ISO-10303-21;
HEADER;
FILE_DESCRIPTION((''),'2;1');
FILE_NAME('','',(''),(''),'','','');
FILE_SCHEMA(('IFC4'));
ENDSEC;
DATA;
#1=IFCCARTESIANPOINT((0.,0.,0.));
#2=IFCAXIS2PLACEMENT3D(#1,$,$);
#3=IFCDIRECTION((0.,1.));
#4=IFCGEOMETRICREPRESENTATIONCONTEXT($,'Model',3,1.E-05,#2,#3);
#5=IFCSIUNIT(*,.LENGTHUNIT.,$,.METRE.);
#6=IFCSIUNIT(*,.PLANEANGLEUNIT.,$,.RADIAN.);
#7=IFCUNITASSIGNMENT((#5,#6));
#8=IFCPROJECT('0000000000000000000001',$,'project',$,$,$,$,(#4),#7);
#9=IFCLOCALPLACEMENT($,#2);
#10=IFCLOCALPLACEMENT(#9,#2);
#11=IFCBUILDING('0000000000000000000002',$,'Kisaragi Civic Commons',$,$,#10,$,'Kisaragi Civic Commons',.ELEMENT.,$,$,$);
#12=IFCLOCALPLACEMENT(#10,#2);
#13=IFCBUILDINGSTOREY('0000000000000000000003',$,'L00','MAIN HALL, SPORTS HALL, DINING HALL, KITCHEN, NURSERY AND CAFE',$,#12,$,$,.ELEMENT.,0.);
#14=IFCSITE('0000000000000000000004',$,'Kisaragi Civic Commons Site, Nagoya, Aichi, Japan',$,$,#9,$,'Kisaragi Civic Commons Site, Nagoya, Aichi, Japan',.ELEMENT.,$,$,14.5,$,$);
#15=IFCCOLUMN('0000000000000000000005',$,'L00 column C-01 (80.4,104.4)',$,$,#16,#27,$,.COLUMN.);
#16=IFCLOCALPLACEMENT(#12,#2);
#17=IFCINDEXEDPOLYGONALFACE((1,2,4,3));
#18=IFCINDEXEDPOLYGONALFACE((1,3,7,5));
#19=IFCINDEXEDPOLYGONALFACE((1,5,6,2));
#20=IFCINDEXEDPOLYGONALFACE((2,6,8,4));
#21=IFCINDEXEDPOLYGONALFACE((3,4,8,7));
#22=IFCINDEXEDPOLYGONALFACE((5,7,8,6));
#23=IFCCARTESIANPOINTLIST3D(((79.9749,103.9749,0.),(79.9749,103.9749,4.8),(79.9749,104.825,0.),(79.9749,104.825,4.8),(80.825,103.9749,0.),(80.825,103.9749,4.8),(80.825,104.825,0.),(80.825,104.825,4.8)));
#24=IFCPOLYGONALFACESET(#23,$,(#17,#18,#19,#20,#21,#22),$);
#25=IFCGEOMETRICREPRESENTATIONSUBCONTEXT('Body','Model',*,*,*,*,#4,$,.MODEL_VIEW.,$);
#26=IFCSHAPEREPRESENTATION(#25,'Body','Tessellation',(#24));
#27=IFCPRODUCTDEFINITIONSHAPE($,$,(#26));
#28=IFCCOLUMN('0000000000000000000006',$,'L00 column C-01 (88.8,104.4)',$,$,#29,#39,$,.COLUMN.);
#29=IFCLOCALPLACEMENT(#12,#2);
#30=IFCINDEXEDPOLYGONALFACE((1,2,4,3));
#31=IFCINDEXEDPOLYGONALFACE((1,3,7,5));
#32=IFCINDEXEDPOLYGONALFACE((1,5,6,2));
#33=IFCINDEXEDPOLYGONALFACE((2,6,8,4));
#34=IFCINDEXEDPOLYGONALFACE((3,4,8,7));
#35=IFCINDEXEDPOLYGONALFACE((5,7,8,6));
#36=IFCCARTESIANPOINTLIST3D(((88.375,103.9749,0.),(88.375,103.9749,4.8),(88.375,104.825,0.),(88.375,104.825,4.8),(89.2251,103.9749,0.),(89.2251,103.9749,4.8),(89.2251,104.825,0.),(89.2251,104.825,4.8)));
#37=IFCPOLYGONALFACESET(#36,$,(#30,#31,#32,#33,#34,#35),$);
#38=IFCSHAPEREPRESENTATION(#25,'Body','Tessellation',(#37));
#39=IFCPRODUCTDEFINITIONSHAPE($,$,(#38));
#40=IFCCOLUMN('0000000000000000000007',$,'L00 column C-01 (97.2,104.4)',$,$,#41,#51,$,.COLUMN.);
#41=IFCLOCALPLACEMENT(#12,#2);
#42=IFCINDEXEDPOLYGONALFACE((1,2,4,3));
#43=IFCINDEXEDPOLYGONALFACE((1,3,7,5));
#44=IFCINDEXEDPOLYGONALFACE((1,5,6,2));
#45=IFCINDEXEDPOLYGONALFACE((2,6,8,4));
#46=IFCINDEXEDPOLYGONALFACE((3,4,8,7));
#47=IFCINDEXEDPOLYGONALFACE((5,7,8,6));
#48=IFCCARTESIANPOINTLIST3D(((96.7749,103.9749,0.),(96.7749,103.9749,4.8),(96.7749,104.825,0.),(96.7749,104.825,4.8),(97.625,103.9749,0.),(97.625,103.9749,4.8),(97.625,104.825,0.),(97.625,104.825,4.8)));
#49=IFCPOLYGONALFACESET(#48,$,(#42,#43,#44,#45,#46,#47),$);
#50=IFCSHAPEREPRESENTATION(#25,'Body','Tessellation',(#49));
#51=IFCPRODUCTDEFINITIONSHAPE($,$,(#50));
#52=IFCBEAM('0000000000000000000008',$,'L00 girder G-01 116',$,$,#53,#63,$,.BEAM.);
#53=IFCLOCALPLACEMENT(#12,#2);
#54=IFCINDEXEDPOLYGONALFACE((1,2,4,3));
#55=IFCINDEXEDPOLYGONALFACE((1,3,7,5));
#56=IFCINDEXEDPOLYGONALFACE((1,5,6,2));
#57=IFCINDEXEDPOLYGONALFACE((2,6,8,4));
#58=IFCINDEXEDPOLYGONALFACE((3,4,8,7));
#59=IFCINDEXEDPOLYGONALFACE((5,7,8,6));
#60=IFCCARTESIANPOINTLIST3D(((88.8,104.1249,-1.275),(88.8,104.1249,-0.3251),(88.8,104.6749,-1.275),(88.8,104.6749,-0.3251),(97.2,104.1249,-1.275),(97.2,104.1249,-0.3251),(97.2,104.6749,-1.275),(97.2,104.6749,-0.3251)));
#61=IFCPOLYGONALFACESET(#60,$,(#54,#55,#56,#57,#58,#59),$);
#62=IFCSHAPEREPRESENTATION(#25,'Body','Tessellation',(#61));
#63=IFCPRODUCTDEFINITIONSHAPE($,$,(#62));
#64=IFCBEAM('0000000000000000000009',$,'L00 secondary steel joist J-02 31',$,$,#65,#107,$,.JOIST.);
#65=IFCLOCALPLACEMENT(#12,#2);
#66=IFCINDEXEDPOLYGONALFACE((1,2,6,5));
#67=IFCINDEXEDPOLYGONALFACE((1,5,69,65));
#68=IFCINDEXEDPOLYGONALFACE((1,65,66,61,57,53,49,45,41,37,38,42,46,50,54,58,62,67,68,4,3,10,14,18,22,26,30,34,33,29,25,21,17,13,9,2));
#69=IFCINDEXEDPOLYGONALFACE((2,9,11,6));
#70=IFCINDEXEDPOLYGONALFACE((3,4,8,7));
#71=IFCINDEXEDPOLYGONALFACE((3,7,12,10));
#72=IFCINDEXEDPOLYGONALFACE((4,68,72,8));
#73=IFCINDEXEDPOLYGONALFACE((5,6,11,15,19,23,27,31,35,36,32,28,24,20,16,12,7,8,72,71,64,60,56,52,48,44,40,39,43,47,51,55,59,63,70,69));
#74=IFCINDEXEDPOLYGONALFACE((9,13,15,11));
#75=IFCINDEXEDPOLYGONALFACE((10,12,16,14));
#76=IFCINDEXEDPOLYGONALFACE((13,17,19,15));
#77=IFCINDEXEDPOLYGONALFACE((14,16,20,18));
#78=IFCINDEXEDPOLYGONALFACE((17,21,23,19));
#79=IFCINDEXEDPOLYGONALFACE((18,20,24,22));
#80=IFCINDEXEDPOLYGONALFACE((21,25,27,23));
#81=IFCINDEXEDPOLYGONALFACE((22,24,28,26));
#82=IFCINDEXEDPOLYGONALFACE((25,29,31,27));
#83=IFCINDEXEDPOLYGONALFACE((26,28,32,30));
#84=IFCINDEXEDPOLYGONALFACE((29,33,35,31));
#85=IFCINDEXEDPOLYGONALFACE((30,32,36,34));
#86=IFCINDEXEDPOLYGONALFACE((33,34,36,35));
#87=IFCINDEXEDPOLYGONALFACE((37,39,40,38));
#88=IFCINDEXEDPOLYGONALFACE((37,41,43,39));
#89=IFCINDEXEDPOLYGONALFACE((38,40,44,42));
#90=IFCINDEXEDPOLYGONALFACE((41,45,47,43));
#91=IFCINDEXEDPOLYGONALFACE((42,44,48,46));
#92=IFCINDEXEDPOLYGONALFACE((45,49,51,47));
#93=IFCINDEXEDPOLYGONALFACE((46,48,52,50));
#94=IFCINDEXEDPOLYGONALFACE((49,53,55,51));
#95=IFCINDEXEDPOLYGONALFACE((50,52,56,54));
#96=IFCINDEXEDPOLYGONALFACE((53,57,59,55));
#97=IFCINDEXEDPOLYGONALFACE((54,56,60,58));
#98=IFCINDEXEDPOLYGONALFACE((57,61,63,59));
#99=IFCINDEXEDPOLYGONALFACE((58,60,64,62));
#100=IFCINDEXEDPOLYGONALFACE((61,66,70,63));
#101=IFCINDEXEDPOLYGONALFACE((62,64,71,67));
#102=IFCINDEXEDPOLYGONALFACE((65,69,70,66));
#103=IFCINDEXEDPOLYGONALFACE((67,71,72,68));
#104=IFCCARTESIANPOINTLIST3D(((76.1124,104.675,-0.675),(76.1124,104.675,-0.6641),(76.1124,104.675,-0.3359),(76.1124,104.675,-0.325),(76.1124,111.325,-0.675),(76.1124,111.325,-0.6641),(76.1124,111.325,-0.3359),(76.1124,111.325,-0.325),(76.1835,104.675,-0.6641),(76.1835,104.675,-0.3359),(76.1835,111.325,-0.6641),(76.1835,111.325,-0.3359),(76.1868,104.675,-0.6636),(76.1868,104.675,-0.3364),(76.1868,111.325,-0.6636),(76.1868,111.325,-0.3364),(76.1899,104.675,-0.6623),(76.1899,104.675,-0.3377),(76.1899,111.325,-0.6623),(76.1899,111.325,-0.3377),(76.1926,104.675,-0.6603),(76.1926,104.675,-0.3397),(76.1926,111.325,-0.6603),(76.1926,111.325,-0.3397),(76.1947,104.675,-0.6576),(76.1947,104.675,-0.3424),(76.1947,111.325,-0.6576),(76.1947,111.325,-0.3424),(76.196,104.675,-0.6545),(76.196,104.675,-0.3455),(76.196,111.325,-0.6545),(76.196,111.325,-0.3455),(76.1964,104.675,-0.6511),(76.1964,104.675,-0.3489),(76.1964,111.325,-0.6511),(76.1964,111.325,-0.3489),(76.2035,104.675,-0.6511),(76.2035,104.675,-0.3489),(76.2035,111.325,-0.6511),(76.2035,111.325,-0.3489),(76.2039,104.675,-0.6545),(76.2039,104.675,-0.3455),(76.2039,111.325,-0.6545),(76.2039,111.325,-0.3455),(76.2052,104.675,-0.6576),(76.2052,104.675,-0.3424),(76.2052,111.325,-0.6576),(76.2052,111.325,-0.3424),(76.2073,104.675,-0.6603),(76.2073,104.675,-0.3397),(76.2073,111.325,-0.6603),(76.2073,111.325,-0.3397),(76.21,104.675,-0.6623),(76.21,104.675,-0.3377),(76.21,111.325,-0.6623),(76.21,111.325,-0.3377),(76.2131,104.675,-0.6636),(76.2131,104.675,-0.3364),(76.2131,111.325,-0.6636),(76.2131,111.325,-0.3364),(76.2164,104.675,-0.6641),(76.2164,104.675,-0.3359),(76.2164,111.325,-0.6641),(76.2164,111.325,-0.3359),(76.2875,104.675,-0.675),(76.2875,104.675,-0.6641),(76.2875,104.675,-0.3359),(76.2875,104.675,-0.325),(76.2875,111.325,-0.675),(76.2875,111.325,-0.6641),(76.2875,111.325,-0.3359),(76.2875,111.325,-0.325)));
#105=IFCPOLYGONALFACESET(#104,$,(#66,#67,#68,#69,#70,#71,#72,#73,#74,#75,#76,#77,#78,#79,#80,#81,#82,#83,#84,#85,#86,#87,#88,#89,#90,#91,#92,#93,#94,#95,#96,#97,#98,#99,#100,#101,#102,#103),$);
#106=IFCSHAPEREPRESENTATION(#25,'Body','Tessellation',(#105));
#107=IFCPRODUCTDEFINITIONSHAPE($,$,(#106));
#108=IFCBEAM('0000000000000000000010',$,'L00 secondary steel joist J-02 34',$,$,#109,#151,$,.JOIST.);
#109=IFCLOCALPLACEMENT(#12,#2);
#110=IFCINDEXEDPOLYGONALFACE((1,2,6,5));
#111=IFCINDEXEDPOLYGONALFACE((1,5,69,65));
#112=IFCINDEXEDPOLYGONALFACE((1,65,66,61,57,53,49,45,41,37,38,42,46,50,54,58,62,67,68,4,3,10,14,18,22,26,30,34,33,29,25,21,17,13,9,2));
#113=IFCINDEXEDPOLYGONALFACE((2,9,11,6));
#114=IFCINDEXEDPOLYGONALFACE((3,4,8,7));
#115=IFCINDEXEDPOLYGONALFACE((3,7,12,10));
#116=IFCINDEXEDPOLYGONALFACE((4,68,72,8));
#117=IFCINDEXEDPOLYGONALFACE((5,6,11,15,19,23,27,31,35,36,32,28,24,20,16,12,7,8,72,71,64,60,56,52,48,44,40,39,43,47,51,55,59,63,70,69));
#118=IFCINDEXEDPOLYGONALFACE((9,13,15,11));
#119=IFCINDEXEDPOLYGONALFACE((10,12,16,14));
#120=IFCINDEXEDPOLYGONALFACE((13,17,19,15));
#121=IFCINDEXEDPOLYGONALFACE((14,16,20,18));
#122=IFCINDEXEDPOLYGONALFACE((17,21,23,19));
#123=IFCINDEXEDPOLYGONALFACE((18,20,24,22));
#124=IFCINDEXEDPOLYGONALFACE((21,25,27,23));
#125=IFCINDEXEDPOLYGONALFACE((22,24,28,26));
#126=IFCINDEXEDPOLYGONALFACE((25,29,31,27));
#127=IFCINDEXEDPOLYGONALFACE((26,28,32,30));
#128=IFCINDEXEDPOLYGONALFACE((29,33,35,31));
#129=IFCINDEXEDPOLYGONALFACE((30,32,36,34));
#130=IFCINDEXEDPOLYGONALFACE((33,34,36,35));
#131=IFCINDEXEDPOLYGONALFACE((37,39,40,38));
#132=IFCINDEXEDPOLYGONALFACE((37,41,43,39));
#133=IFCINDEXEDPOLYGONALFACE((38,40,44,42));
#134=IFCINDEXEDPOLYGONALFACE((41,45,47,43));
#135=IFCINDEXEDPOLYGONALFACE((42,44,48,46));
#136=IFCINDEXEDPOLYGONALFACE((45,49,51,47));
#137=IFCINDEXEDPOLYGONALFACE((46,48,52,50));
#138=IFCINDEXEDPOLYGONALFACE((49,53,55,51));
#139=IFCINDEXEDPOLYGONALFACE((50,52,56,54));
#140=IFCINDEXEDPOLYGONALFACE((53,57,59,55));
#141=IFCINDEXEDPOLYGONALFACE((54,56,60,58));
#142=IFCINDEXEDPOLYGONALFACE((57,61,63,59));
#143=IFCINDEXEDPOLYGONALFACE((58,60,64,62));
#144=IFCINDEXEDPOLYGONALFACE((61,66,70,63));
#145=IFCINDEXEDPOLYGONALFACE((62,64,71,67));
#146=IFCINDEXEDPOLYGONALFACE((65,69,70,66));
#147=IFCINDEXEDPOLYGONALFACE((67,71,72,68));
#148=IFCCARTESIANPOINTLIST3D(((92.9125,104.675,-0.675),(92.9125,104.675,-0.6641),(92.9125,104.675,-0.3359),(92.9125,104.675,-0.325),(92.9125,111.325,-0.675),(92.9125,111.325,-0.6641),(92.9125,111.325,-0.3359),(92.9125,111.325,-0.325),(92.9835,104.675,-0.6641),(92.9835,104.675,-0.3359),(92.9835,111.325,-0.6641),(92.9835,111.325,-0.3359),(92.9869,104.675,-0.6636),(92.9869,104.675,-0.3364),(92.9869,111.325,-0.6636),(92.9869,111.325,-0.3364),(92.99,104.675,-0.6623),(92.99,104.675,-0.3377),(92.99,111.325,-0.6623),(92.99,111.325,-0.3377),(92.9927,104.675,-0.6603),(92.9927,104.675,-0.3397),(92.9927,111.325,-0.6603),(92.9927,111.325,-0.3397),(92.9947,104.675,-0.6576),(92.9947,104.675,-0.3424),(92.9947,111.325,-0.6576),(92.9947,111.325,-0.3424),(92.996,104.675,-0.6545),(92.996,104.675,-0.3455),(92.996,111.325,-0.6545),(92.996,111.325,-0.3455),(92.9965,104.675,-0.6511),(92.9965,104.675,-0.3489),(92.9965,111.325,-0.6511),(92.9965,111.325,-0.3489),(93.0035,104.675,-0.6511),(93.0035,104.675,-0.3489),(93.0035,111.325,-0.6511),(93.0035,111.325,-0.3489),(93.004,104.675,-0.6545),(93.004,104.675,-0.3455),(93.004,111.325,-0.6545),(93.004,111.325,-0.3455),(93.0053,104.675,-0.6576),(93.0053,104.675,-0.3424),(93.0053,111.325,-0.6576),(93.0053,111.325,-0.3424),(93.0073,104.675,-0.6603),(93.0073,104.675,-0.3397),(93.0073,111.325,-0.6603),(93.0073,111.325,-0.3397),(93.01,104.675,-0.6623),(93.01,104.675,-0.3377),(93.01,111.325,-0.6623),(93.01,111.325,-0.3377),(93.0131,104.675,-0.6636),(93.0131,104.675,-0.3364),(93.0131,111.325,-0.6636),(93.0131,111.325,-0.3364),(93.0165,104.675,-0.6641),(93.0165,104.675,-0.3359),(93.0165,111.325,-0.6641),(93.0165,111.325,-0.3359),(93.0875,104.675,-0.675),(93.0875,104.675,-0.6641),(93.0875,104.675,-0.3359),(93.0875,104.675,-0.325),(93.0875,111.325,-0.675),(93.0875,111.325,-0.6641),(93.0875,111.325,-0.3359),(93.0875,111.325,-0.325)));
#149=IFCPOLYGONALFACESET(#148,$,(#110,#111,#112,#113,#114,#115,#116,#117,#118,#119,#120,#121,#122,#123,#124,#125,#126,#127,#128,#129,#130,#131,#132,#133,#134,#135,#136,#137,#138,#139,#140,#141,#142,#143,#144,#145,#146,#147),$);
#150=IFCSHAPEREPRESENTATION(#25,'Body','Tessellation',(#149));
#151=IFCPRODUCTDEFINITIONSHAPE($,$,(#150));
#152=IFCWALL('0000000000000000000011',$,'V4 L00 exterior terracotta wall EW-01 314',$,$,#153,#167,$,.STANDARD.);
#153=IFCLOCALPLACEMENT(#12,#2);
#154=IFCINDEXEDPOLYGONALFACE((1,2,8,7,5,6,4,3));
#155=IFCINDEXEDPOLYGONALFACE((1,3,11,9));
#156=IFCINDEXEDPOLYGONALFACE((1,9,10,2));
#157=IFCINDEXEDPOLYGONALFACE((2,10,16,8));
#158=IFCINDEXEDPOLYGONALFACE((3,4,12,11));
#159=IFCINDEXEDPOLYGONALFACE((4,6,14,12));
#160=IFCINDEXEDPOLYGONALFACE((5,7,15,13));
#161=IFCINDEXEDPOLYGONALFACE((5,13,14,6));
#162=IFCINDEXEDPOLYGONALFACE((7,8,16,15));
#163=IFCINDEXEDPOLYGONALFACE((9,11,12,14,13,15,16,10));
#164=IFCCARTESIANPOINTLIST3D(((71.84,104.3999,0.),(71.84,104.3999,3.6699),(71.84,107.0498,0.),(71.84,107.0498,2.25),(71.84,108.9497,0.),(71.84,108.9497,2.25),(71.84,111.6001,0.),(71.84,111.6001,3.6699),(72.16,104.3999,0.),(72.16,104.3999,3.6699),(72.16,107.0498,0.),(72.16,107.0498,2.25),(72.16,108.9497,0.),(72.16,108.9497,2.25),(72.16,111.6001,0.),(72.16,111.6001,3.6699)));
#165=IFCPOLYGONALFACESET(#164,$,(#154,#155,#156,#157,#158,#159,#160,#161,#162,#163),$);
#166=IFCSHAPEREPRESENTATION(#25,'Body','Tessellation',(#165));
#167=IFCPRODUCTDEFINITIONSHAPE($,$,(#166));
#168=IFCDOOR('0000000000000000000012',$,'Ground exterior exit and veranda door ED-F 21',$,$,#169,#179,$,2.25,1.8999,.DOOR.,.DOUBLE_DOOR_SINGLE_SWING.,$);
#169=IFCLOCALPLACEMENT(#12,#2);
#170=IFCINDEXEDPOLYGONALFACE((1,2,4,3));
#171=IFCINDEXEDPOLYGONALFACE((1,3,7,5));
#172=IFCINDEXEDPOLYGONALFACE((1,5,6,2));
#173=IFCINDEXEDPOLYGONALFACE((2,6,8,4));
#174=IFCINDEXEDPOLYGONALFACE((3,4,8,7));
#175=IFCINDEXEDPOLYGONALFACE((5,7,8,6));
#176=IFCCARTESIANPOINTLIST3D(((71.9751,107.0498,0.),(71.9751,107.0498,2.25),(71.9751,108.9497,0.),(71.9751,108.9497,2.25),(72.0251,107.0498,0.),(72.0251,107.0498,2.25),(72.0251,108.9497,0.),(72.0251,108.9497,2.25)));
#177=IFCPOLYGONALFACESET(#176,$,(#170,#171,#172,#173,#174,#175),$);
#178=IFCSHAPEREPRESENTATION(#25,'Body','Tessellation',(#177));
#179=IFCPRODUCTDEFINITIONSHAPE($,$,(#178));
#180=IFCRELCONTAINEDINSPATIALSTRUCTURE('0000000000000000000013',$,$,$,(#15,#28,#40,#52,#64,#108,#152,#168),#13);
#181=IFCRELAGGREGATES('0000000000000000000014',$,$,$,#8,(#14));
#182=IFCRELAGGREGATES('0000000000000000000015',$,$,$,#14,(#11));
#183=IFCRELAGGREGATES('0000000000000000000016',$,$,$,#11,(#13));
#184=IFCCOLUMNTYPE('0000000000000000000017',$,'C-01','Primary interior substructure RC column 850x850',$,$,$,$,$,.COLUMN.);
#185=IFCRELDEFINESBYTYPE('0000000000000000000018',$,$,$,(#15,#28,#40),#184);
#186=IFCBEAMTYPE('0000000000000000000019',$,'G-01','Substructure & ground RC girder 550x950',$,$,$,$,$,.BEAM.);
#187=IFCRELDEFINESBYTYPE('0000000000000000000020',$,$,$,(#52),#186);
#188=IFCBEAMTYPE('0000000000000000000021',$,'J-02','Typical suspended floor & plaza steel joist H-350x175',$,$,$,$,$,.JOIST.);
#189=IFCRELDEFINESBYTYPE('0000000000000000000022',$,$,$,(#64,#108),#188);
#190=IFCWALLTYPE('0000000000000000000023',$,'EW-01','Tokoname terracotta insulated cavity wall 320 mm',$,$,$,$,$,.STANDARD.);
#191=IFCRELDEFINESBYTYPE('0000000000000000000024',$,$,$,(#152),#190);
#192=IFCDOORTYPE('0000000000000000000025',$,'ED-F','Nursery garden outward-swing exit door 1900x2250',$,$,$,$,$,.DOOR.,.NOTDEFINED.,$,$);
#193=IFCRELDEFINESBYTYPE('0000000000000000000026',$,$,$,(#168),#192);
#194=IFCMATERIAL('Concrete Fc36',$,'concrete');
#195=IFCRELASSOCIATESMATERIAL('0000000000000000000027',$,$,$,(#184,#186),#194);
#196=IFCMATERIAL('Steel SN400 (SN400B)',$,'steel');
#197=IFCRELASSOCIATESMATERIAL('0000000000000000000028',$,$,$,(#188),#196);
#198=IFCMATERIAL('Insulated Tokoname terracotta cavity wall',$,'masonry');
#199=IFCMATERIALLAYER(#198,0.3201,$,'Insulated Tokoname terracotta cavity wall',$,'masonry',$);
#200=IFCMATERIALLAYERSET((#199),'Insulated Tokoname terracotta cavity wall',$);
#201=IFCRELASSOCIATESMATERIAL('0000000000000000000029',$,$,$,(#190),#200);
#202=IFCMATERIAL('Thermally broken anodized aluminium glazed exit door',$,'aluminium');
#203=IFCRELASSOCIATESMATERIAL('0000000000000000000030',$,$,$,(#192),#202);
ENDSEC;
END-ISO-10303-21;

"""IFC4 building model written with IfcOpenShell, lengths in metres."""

from ifc_helpers import new_model, si_unit, direction, frame, frame_2d, origin, origin_2d, place, context, subcontext, project, spatial, rectangle, i_section, extrude, material, layer, layer_set, material_profile, profile_set, type_object, element, fill, save


model = new_model("IFC4")

# Units and contexts
model_context = context("Model", 3, precision=1e-05, world=origin(), true_north=direction((0.0, 1.0)))
body_context = subcontext(model_context, "Body", "Model", "MODEL_VIEW")
ifc_project = project(units=[si_unit("LENGTHUNIT", "METRE"), si_unit("PLANEANGLEUNIT", "RADIAN")], contexts=[model_context])

# Site, building, storey
site_placement = place(None, origin())
site = spatial("IfcSite", under=ifc_project, at=site_placement, Name="Kisaragi Civic Commons Site, Nagoya, Aichi, Japan", LongName="Kisaragi Civic Commons Site, Nagoya, Aichi, Japan", CompositionType="ELEMENT", RefElevation=14.5)
building_placement = place(site_placement, origin())
building = spatial("IfcBuilding", under=site, at=building_placement, Name="Kisaragi Civic Commons", LongName="Kisaragi Civic Commons", CompositionType="ELEMENT")
storey_placement = place(building_placement, origin())
storey = spatial("IfcBuildingStorey", under=building, at=storey_placement, Name="L00", Description="MAIN HALL, SPORTS HALL, DINING HALL, KITCHEN, NURSERY AND CAFE", CompositionType="ELEMENT", Elevation=0.0)

# Columns
ifc_material_1 = material(Name="Concrete Fc36", Category="concrete")
ifc_material_profile_1 = material_profile(ifc_material_1, rectangle(XDim=0.8501, YDim=0.8501, at=origin_2d()), Name="RC-850x850", Category="concrete")
ifc_profile_set_1 = profile_set([ifc_material_profile_1], Name="Concrete Fc36")
column_type = type_object("IfcColumnType", Name="C-01", Description="Primary interior substructure RC column 850x850", PredefinedType="COLUMN", material=ifc_profile_set_1)
for number, where, z_axis, x_axis, name in (
    (1, (80.3999, 104.3999, 0.0), (0.0, 0.0, 1.0), (1.0, 0.0, 0.0), "L00 column C-01 (80.4,104.4)"),
    (2, (88.8, 104.3999, 0.0), (0.0, 0.0, 1.0), (1.0, 0.0, 0.0), "L00 column C-01 (88.8,104.4)"),
    (3, (97.2, 104.3999, 0.0), (0.0, 0.0, 1.0), (1.0, 0.0, 0.0), "L00 column C-01 (97.2,104.4)"),
):
    element("IfcColumn", number, at=place(storey_placement, frame(where, z_axis=z_axis, x_axis=x_axis)), inside=storey, type_object=column_type, Name=name, PredefinedType="COLUMN", context=body_context, shape_type="SweptSolid", body=[
        extrude(rectangle(XDim=0.8501, YDim=0.8501, at=origin_2d()), origin(), (0.0, 0.0, 1.0), 4.8),
    ])

# Beams
ifc_material_profile_2 = material_profile(ifc_material_1, rectangle(XDim=0.55, YDim=0.95, at=origin_2d()), Name="RC-550x950", Category="concrete")
ifc_profile_set_2 = profile_set([ifc_material_profile_2], Name="Concrete Fc36")
beam_type_1 = type_object("IfcBeamType", Name="G-01", Description="Substructure & ground RC girder 550x950", PredefinedType="BEAM", material=ifc_profile_set_2)
beam_placement = place(storey_placement, frame((88.8, 104.3999, -0.8), z_axis=(1.0, 0.0, 0.0), x_axis=(0.0, 1.0, 0.0)))
element("IfcBeam", 4, at=beam_placement, inside=storey, type_object=beam_type_1, Name="L00 girder G-01 116", PredefinedType="BEAM", context=body_context, shape_type="SweptSolid", body=[
    extrude(rectangle(XDim=0.55, YDim=0.95, at=origin_2d()), origin(), (0.0, 0.0, 1.0), 8.3999),
])
ifc_material_2 = material(Name="Steel SN400 (SN400B)", Category="steel")
ifc_material_profile_3 = material_profile(ifc_material_2, i_section(OverallWidth=0.175, OverallDepth=0.3501, WebThickness=0.0071, FlangeThickness=0.011, FilletRadius=0.0129, at=origin_2d()), Name="H-350x175x7x11", Category="steel")
ifc_profile_set_3 = profile_set([ifc_material_profile_3], Name="Steel SN400 (SN400B)")
beam_type_2 = type_object("IfcBeamType", Name="J-02", Description="Typical suspended floor & plaza steel joist H-350x175", PredefinedType="JOIST", material=ifc_profile_set_3)
for number, where, z_axis, x_axis, name in (
    (5, (76.2, 104.675, -0.5), (0.0, 1.0, 0.0), (-1.0, 0.0, 0.0), "L00 secondary steel joist J-02 31"),
    (6, (93.0, 104.675, -0.5), (0.0, 1.0, 0.0), (-1.0, 0.0, 0.0), "L00 secondary steel joist J-02 34"),
):
    element("IfcBeam", number, at=place(storey_placement, frame(where, z_axis=z_axis, x_axis=x_axis)), inside=storey, type_object=beam_type_2, Name=name, PredefinedType="JOIST", context=body_context, shape_type="SweptSolid", body=[
        extrude(i_section(OverallWidth=0.175, OverallDepth=0.3501, WebThickness=0.0071, FlangeThickness=0.011, FilletRadius=0.0129, at=origin_2d()), origin(), (0.0, 0.0, 1.0), 6.6499),
    ])

# Wall, opening, door
ifc_material_3 = material(Name="Insulated Tokoname terracotta cavity wall", Category="masonry")
ifc_layer_1 = layer(ifc_material_3, 0.3201, Name="Insulated Tokoname terracotta cavity wall", Category="masonry")
ifc_layer_set_1 = layer_set([ifc_layer_1], Name="Insulated Tokoname terracotta cavity wall")
wall_type_1 = type_object("IfcWallType", Name="EW-01", Description="Tokoname terracotta insulated cavity wall 320 mm", PredefinedType="STANDARD", material=ifc_layer_set_1)
wall_1_placement = place(storey_placement, frame((72.0, 104.3999, 0.0), z_axis=(0.0, 0.0, 1.0), x_axis=(0.0, 1.0, 0.0)))
wall_1 = element("IfcWall", 7, at=wall_1_placement, inside=storey, type_object=wall_type_1, Name="V4 L00 exterior terracotta wall EW-01 314", PredefinedType="STANDARD", context=body_context, shape_type="SweptSolid", body=[
    extrude(rectangle(XDim=7.2002, YDim=0.3201, at=frame_2d((3.6001, 0.0))), origin(), (0.0, 0.0, 1.0), 3.6699),
])
opening_1_placement = place(wall_1_placement, frame((2.6499, 0.0, 0.0)))
opening_1 = element("IfcOpeningElement", 8, at=opening_1_placement, cuts=wall_1, PredefinedType="OPENING", context=body_context, shape_type="SweptSolid", body=[
    extrude(rectangle(XDim=1.8999, YDim=2.25, at=frame_2d((0.95, 1.125))), frame((0.0, 0.1699, 0.0), z_axis=(0.0, -1.0, 0.0), x_axis=(1.0, 0.0, 0.0)), (0.0, 0.0, 1.0), 0.3401),
])
ifc_material_4 = material(Name="Thermally broken anodized aluminium glazed exit door", Category="aluminium")
door_type_1 = type_object("IfcDoorType", Name="ED-F", Description="Nursery garden outward-swing exit door 1900x2250", OperationType="NOTDEFINED", PredefinedType="DOOR", material=ifc_material_4)
door_1_placement = place(opening_1_placement, origin())
door_1 = element("IfcDoor", 9, at=door_1_placement, inside=storey, type_object=door_type_1, Name="Ground exterior exit and veranda door ED-F 21", OperationType="DOUBLE_DOOR_SINGLE_SWING", OverallHeight=2.25, OverallWidth=1.8999, PredefinedType="DOOR", context=body_context, shape_type="SweptSolid", body=[
    extrude(rectangle(XDim=1.8999, YDim=2.25, at=frame_2d((0.95, 1.125))), frame((0.0, 0.0249, 0.0), z_axis=(0.0, -1.0, 0.0), x_axis=(1.0, 0.0, 0.0)), (0.0, 0.0, 1.0), 0.05),
])
fill(opening_1, door_1)

save(model, "model.ifc")
